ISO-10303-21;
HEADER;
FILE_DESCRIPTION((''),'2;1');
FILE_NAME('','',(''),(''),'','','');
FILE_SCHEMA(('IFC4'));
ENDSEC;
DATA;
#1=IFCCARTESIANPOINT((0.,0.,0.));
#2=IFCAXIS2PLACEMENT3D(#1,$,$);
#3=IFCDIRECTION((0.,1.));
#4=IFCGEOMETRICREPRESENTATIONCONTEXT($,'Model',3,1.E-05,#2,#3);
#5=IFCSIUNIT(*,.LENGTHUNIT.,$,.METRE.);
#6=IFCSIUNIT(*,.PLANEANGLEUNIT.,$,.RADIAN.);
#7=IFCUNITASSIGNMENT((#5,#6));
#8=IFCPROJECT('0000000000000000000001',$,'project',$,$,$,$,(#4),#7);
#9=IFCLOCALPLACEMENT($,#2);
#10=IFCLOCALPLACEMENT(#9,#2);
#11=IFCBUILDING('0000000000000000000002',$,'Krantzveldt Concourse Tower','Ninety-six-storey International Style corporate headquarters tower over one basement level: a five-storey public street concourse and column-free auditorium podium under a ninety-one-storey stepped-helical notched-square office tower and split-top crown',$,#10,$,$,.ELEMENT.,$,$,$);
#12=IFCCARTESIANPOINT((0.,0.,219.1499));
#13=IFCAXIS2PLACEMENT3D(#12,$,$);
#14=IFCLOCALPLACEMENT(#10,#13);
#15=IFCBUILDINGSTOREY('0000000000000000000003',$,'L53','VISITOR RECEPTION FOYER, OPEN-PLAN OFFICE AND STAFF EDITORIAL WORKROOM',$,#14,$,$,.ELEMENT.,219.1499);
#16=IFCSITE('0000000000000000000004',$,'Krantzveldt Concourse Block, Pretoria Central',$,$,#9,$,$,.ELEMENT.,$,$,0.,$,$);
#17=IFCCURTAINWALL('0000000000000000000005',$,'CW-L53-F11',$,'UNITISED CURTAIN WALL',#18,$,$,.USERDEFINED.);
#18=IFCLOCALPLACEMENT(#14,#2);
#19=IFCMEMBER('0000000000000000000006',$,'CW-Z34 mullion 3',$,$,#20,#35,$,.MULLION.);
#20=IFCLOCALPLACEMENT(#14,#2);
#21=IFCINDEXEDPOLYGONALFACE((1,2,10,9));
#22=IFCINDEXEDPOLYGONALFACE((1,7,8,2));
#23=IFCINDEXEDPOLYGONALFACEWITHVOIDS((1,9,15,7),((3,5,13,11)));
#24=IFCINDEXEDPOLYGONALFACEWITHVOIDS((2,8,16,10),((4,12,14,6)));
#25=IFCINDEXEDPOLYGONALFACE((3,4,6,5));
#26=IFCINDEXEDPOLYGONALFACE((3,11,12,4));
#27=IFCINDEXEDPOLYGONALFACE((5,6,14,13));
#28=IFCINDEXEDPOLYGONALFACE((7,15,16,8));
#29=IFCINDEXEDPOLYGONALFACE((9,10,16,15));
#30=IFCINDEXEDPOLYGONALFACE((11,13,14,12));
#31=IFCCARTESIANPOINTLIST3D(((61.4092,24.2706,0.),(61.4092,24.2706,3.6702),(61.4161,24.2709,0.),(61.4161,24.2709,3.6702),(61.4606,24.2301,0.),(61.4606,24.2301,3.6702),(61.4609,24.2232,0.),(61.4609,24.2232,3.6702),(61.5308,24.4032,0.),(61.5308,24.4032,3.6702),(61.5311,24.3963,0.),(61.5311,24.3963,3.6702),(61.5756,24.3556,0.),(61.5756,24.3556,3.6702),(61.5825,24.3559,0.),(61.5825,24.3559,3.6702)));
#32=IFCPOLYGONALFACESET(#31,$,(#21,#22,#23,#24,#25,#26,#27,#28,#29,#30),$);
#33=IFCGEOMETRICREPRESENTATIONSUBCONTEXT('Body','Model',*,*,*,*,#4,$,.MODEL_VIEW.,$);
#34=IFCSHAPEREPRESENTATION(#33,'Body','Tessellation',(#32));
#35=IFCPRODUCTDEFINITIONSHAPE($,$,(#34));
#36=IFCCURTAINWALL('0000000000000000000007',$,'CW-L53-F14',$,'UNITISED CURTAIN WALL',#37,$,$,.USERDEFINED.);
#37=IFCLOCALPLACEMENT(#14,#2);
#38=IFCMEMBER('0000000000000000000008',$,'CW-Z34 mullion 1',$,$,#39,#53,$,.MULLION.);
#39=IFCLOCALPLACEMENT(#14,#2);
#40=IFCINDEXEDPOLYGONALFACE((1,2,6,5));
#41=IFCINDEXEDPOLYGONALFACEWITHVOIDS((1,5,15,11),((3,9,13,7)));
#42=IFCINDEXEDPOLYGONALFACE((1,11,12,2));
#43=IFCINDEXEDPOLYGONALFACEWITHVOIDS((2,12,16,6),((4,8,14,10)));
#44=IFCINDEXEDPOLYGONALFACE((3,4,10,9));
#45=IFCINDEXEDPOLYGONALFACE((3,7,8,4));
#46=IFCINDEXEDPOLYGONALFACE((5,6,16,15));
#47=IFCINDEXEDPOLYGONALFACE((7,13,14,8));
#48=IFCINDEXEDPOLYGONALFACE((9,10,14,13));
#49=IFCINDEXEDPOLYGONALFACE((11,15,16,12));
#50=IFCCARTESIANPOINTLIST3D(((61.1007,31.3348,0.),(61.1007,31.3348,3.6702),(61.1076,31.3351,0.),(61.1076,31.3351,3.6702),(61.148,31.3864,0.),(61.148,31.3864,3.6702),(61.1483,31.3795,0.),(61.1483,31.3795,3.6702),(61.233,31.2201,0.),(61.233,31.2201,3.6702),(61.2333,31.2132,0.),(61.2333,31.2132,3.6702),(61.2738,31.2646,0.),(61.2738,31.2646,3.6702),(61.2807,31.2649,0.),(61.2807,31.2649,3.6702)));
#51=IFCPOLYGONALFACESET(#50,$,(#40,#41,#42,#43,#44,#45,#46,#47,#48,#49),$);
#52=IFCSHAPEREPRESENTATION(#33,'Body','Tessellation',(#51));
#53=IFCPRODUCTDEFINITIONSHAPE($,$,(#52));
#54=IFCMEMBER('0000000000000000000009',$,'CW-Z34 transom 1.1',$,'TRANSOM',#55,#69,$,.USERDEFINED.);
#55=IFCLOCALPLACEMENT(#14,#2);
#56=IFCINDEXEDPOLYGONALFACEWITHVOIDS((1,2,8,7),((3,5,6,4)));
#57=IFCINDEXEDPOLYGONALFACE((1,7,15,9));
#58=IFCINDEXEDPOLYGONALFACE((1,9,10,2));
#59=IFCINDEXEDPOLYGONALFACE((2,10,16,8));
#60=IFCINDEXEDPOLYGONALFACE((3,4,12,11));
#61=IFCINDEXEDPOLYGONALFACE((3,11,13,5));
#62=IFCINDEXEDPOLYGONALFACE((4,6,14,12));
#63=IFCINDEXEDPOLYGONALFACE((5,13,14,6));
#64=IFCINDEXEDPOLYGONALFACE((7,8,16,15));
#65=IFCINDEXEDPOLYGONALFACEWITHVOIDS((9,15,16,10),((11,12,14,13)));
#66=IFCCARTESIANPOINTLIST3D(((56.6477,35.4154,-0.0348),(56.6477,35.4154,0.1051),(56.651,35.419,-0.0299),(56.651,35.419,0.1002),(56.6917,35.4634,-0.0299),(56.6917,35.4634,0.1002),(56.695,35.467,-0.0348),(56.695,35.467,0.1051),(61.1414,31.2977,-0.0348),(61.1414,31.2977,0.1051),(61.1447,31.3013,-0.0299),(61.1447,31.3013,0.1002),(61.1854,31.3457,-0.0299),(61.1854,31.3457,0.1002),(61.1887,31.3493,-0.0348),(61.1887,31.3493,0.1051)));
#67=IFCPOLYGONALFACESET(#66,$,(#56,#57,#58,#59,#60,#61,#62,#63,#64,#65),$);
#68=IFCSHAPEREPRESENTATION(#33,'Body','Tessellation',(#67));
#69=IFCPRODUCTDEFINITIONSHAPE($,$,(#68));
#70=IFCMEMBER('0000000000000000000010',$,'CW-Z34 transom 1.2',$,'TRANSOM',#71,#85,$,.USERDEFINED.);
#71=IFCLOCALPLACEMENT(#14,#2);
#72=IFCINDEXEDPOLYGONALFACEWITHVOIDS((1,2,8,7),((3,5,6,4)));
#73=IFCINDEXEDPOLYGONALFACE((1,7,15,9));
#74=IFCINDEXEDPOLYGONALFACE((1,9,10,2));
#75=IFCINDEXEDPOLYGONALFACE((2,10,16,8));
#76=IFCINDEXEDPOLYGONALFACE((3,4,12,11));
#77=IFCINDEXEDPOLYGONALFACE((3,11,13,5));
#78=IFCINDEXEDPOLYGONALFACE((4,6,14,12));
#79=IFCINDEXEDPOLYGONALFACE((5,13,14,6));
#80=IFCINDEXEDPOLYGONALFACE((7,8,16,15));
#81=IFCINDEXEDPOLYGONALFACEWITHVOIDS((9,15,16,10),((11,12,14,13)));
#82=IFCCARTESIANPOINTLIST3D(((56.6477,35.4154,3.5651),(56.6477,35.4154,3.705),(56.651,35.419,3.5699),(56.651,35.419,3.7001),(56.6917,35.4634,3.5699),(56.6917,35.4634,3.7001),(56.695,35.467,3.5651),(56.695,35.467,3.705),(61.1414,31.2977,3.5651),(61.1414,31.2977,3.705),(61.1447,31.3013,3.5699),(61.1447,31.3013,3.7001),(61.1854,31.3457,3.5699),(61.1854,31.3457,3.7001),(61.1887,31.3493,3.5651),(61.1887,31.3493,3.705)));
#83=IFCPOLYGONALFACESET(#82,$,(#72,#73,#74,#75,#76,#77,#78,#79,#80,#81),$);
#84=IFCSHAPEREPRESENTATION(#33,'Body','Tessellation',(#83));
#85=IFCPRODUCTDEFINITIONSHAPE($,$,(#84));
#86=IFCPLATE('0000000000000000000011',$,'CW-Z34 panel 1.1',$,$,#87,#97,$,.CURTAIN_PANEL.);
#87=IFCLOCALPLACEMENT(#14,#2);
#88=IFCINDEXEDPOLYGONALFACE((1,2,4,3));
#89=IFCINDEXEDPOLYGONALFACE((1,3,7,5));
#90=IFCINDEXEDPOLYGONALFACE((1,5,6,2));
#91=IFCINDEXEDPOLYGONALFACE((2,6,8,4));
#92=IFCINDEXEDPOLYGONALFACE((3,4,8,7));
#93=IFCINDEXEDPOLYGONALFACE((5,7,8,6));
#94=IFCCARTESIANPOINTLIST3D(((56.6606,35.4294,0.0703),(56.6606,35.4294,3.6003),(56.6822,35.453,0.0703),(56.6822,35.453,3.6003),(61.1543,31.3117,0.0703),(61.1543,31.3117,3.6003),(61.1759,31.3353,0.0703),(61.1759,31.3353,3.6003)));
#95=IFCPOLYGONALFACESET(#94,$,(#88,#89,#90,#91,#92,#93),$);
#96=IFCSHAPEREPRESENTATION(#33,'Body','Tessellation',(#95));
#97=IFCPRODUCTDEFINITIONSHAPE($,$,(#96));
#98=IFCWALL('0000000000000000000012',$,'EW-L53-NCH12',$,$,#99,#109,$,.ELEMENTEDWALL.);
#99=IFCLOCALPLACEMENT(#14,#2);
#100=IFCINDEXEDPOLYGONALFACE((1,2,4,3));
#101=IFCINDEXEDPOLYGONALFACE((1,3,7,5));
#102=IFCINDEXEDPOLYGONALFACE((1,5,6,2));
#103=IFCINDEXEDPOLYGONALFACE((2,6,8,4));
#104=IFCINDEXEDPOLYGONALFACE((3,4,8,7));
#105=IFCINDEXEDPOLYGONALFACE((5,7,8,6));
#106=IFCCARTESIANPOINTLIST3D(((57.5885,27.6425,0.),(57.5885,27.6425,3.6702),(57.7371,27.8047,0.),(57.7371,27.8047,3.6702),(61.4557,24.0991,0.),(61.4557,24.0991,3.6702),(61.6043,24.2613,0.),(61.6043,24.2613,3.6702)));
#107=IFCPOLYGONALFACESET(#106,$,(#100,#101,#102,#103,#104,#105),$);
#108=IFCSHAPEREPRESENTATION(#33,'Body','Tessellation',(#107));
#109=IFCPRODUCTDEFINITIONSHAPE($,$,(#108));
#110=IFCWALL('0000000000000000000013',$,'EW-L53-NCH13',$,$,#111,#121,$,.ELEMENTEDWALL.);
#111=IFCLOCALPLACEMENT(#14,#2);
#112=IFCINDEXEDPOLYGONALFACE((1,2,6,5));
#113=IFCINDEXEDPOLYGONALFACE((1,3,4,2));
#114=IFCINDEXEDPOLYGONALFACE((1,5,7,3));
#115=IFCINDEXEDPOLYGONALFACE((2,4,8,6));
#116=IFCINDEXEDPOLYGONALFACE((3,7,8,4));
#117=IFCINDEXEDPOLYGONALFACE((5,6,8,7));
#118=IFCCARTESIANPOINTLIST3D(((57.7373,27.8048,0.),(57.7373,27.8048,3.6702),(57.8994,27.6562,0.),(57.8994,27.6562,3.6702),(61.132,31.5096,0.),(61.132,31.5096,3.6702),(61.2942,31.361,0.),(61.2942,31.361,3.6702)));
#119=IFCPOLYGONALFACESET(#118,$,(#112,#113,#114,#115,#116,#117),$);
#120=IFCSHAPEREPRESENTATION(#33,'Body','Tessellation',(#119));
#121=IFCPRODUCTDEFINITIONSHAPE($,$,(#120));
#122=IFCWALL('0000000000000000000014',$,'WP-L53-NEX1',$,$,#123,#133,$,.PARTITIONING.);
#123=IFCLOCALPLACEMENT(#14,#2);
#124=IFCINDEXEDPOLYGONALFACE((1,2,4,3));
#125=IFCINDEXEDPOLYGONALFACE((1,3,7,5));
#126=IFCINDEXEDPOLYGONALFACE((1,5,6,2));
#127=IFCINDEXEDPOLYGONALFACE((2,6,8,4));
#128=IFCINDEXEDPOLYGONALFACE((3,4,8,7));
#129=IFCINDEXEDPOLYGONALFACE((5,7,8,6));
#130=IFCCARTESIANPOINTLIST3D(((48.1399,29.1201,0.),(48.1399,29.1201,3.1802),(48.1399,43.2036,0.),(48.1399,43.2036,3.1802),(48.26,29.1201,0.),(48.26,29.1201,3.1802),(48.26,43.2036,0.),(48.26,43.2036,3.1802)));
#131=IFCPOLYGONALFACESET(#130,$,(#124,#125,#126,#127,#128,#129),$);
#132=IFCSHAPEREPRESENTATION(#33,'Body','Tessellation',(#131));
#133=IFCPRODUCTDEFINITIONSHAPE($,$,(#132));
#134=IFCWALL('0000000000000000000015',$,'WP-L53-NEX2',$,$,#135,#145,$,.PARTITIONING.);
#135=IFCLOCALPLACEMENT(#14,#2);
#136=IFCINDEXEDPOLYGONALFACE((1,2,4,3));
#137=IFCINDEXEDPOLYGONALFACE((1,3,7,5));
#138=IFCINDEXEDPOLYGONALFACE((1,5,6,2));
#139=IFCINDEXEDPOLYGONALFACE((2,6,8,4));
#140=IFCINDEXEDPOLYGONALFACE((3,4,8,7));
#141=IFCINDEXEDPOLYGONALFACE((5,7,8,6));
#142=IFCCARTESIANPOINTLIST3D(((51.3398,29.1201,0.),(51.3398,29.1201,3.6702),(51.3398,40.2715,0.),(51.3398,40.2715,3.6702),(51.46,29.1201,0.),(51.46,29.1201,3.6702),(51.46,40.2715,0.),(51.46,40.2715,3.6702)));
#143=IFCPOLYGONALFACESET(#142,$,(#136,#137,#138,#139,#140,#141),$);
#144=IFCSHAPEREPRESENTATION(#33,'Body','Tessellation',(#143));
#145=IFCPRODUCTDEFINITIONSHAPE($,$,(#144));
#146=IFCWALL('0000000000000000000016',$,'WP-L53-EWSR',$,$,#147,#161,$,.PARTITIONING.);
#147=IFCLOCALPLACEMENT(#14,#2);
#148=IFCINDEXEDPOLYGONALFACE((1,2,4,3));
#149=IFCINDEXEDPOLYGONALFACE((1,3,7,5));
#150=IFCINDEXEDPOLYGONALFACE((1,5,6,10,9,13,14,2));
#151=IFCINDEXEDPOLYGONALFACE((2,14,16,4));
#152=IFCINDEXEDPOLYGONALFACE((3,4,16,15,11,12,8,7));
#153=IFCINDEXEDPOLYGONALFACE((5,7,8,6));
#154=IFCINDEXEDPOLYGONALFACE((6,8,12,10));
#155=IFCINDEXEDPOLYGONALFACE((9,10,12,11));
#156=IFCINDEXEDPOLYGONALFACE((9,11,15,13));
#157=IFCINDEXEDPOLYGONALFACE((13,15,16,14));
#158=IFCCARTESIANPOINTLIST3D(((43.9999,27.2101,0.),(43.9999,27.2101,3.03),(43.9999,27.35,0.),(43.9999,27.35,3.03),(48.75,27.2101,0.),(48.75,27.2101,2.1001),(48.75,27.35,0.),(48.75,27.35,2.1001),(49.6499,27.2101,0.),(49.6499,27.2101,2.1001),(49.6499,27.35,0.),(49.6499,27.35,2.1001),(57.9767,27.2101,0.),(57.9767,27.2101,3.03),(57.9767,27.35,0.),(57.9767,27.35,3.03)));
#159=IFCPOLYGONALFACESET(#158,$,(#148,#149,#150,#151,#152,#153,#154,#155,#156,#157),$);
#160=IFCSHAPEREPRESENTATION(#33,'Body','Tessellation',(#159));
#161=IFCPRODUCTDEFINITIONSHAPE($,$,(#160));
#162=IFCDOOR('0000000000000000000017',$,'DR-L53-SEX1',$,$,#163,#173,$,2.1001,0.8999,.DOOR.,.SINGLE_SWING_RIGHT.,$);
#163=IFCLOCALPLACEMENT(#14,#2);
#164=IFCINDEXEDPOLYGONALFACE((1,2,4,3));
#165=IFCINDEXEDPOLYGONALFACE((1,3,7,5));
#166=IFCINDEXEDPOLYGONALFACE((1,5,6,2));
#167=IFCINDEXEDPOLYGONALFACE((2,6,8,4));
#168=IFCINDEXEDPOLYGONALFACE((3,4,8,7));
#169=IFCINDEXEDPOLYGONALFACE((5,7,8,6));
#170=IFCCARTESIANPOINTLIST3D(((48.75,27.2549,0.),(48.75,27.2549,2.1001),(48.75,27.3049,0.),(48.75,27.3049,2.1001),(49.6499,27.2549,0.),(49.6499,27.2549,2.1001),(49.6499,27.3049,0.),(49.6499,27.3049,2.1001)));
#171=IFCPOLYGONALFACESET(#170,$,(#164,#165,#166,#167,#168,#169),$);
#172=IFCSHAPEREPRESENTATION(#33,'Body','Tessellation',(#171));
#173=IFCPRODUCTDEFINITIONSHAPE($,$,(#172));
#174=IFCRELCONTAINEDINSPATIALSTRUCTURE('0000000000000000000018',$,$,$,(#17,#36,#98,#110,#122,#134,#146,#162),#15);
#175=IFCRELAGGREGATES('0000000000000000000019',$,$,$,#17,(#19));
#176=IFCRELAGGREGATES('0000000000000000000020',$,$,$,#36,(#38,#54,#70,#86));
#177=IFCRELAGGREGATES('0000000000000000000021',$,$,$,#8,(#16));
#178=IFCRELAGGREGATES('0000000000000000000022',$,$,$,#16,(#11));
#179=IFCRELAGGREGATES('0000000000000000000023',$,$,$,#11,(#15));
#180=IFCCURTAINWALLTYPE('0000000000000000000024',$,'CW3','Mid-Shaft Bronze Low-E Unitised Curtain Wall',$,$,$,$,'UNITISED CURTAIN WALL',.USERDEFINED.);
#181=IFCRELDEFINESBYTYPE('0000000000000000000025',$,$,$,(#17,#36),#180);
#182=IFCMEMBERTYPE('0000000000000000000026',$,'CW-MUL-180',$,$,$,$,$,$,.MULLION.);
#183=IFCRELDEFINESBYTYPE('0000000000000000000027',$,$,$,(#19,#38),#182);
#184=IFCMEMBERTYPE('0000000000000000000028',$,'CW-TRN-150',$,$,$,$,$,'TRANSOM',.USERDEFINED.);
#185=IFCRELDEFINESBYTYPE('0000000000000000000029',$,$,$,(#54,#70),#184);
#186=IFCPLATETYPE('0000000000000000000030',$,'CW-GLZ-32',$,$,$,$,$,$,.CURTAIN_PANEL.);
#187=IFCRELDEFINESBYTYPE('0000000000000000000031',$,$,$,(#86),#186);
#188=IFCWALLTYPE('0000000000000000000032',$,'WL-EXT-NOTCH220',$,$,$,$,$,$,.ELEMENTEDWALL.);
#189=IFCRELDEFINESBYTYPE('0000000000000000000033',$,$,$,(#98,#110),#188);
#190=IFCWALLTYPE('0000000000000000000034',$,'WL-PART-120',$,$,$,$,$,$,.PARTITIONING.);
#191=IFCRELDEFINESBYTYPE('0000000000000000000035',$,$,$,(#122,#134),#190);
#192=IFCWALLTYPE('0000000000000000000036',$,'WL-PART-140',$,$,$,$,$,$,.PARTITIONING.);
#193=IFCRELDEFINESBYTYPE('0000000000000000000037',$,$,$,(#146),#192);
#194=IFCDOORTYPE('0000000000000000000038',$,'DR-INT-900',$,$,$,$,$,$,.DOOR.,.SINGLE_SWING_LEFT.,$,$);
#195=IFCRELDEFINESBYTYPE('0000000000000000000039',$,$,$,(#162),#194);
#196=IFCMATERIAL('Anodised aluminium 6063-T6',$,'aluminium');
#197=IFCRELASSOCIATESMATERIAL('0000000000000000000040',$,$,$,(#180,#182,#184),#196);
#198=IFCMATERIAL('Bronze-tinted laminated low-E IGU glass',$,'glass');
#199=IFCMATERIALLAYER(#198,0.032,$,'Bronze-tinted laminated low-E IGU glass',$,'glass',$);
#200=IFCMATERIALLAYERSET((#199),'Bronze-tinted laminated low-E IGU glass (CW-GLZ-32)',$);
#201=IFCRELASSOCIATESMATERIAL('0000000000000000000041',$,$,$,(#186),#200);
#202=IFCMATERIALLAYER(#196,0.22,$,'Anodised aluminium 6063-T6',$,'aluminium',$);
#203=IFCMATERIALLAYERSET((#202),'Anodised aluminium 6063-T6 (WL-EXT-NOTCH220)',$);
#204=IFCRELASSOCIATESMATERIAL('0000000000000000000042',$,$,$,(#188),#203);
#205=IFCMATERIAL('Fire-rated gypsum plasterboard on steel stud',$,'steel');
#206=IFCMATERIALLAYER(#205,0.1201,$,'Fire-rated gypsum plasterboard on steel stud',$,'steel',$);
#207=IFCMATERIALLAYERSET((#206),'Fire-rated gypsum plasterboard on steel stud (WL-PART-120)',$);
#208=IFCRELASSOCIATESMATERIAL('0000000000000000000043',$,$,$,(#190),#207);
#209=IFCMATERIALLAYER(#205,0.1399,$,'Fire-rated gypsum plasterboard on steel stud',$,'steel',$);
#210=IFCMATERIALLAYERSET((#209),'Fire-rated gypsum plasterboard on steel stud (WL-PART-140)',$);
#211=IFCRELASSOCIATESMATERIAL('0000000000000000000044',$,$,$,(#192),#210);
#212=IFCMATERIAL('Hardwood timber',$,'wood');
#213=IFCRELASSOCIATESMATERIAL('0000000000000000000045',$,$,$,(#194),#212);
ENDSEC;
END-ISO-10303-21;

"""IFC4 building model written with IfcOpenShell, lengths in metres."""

from ifc_helpers import new_model, si_unit, direction, frame, frame_2d, origin, origin_2d, place, context, subcontext, project, spatial, rectangle, hollow_rectangle, extrude, source, transform, mapped, material, layer, layer_set, material_profile, profile_set, type_object, type_shapes, element, fill, aggregate, save


model = new_model("IFC4")

# Units and contexts
model_context = context("Model", 3, precision=1e-05, world=origin(), true_north=direction((0.0, 1.0)))
body_context = subcontext(model_context, "Body", "Model", "MODEL_VIEW")
ifc_project = project(units=[si_unit("LENGTHUNIT", "METRE"), si_unit("PLANEANGLEUNIT", "RADIAN")], contexts=[model_context])

# Site, building, storey
site_placement = place(None, origin())
site = spatial("IfcSite", under=ifc_project, at=site_placement, Name="Krantzveldt Concourse Block, Pretoria Central", CompositionType="ELEMENT", RefElevation=0.0)
building_placement = place(site_placement, origin())
building = spatial("IfcBuilding", under=site, at=building_placement, Name="Krantzveldt Concourse Tower", Description="Ninety-six-storey International Style corporate headquarters tower over one basement level: a five-storey public street concourse and column-free auditorium podium under a ninety-one-storey stepped-helical notched-square office tower and split-top crown", CompositionType="ELEMENT")
storey_placement = place(building_placement, frame((0.0, 0.0, 219.1499)))
storey = spatial("IfcBuildingStorey", under=building, at=storey_placement, Name="L53", Description="VISITOR RECEPTION FOYER, OPEN-PLAN OFFICE AND STAFF EDITORIAL WORKROOM", CompositionType="ELEMENT", Elevation=219.1499)

# Curtain wall, member
ifc_material_1 = material(Name="Anodised aluminium 6063-T6", Category="aluminium")
curtain_wall_type = type_object("IfcCurtainWallType", Name="CW3", Description="Mid-Shaft Bronze Low-E Unitised Curtain Wall", ElementType="UNITISED CURTAIN WALL", PredefinedType="USERDEFINED", material=ifc_material_1)
curtain_wall_1_placement = place(storey_placement, origin())
curtain_wall_1 = element("IfcCurtainWall", 1, at=curtain_wall_1_placement, inside=storey, type_object=curtain_wall_type, Name="CW-L53-F11", ObjectType="UNITISED CURTAIN WALL", PredefinedType="USERDEFINED")
ifc_material_profile_1 = material_profile(ifc_material_1, hollow_rectangle(XDim=0.0701, YDim=0.1799, WallThickness=0.0049, at=origin_2d()), Name="Anodised aluminium 6063-T6", Category="aluminium")
ifc_profile_set_1 = profile_set([ifc_material_profile_1], Name="Anodised aluminium 6063-T6 - ALU-MULL 180x70x5")
member_type_1 = type_object("IfcMemberType", Name="CW-MUL-180", PredefinedType="MULLION", material=ifc_profile_set_1)
shared_shape_1 = source(origin(), body_context, "Body", "SweptSolid", [
    extrude(hollow_rectangle(XDim=0.0701, YDim=0.1799, WallThickness=0.0049, at=origin_2d()), origin(), (0.0, 0.0, 1.0), 3.6702),
])
type_shapes(member_type_1, [shared_shape_1])
member_1_placement = place(storey_placement, frame((61.4958, 24.3132, 0.0), z_axis=(0.0, 0.0, 1.0), x_axis=(-0.737278, 0.67559, 0.0)))
member_1 = element("IfcMember", 2, at=member_1_placement, type_object=member_type_1, Name="CW-Z34 mullion 3", PredefinedType="MULLION", context=body_context, shape_type="MappedRepresentation", body=[
    mapped(shared_shape_1, transform((0.0, 0.0, 0.0), x_axis=(1.0, 0.0, 0.0), y_axis=(0.0, 1.0, 0.0), z_axis=(0.0, 0.0, 1.0), scale=1.0)),
])
aggregate(curtain_wall_1, [member_1])

# Curtain wall, members, plate
curtain_wall_2_placement = place(storey_placement, origin())
curtain_wall_2 = element("IfcCurtainWall", 3, at=curtain_wall_2_placement, inside=storey, type_object=curtain_wall_type, Name="CW-L53-F14", ObjectType="UNITISED CURTAIN WALL", PredefinedType="USERDEFINED")
member_2_placement = place(storey_placement, frame((61.1907, 31.2998, 0.0), z_axis=(0.0, 0.0, 1.0), x_axis=(-0.67559, -0.737277, 0.0)))
member_2 = element("IfcMember", 4, at=member_2_placement, type_object=member_type_1, Name="CW-Z34 mullion 1", PredefinedType="MULLION", context=body_context, shape_type="MappedRepresentation", body=[
    mapped(shared_shape_1, transform((0.0, 0.0, 0.0), x_axis=(1.0, 0.0, 0.0), y_axis=(0.0, 1.0, 0.0), z_axis=(0.0, 0.0, 1.0), scale=1.0)),
])
ifc_material_profile_2 = material_profile(ifc_material_1, hollow_rectangle(XDim=0.0701, YDim=0.1399, WallThickness=0.0049, at=origin_2d()), Name="Anodised aluminium 6063-T6", Category="aluminium")
ifc_profile_set_2 = profile_set([ifc_material_profile_2], Name="Anodised aluminium 6063-T6 - ALU-TRAN 140x70x5")
member_type_2 = type_object("IfcMemberType", Name="CW-TRN-150", ElementType="TRANSOM", PredefinedType="USERDEFINED", material=ifc_profile_set_2)
shared_shape_2 = source(origin(), body_context, "Body", "SweptSolid", [
    extrude(hollow_rectangle(XDim=0.0701, YDim=0.1399, WallThickness=0.0049, at=origin_2d()), origin(), (0.0, 0.0, 1.0), 6.095),
])
type_shapes(member_type_2, [shared_shape_2])
member_3_placement = place(storey_placement, frame((61.165, 31.3235, 0.0352), z_axis=(-0.737277, 0.67559, 0.0), x_axis=(-0.67559, -0.737277, 0.0)))
member_3 = element("IfcMember", 5, at=member_3_placement, type_object=member_type_2, Name="CW-Z34 transom 1.1", ObjectType="TRANSOM", PredefinedType="USERDEFINED", context=body_context, shape_type="MappedRepresentation", body=[
    mapped(shared_shape_2, transform((0.0, 0.0, 0.0), x_axis=(1.0, 0.0, 0.0), y_axis=(0.0, 1.0, 0.0), z_axis=(0.0, 0.0, 1.0), scale=1.0)),
])
member_4_placement = place(storey_placement, frame((61.165, 31.3235, 3.635), z_axis=(-0.737277, 0.67559, 0.0), x_axis=(-0.67559, -0.737277, 0.0)))
member_4 = element("IfcMember", 6, at=member_4_placement, type_object=member_type_2, Name="CW-Z34 transom 1.2", ObjectType="TRANSOM", PredefinedType="USERDEFINED", context=body_context, shape_type="MappedRepresentation", body=[
    mapped(shared_shape_2, transform((0.0, 0.0, 0.0), x_axis=(1.0, 0.0, 0.0), y_axis=(0.0, 1.0, 0.0), z_axis=(0.0, 0.0, 1.0), scale=1.0)),
])
ifc_material_2 = material(Name="Bronze-tinted laminated low-E IGU glass", Category="glass")
ifc_layer_1 = layer(ifc_material_2, 0.032, Name="Bronze-tinted laminated low-E IGU glass", Category="glass")
ifc_layer_set_1 = layer_set([ifc_layer_1], Name="Bronze-tinted laminated low-E IGU glass (CW-GLZ-32)")
plate_type = type_object("IfcPlateType", Name="CW-GLZ-32", PredefinedType="CURTAIN_PANEL", material=ifc_layer_set_1)
shared_shape_3 = source(origin(), body_context, "Body", "SweptSolid", [
    extrude(rectangle(XDim=6.095, YDim=0.032, at=origin_2d()), origin(), (0.0, 0.0, 1.0), 3.53),
])
type_shapes(plate_type, [shared_shape_3])
plate_placement = place(storey_placement, frame((58.9182, 33.3823, 0.0703), z_axis=(0.0, 0.0, 1.0), x_axis=(-0.737277, 0.67559, 0.0)))
plate = element("IfcPlate", 7, at=plate_placement, type_object=plate_type, Name="CW-Z34 panel 1.1", PredefinedType="CURTAIN_PANEL", context=body_context, shape_type="MappedRepresentation", body=[
    mapped(shared_shape_3, transform((0.0, 0.0, 0.0), x_axis=(1.0, 0.0, 0.0), y_axis=(0.0, 1.0, 0.0), z_axis=(0.0, 0.0, 1.0), scale=1.0)),
])
aggregate(curtain_wall_2, [member_2, member_3, member_4, plate])

# Walls
ifc_layer_2 = layer(ifc_material_1, 0.22, Name="Anodised aluminium 6063-T6", Category="aluminium")
ifc_layer_set_2 = layer_set([ifc_layer_2], Name="Anodised aluminium 6063-T6 (WL-EXT-NOTCH220)")
wall_type_1 = type_object("IfcWallType", Name="WL-EXT-NOTCH220", PredefinedType="ELEMENTEDWALL", material=ifc_layer_set_2)
wall_1_placement = place(storey_placement, frame((61.53, 24.1802, 0.0), z_axis=(0.0, 0.0, 1.0), x_axis=(-0.737293, 0.675573, 0.0)))
element("IfcWall", 8, at=wall_1_placement, inside=storey, type_object=wall_type_1, Name="EW-L53-NCH12", PredefinedType="ELEMENTEDWALL", context=body_context, shape_type="SweptSolid", body=[
    extrude(rectangle(XDim=5.2451, YDim=0.22, at=frame_2d((2.6226, 0.0))), origin(), (0.0, 0.0, 1.0), 3.6702),
])
wall_2_placement = place(storey_placement, frame((57.8184, 27.7305, 0.0), z_axis=(0.0, 0.0, 1.0), x_axis=(0.675582, 0.737285, 0.0)))
element("IfcWall", 9, at=wall_2_placement, inside=storey, type_object=wall_type_1, Name="EW-L53-NCH13", PredefinedType="ELEMENTEDWALL", context=body_context, shape_type="SweptSolid", body=[
    extrude(rectangle(XDim=5.0249, YDim=0.22, at=frame_2d((2.5125, 0.0))), origin(), (0.0, 0.0, 1.0), 3.6702),
])
ifc_material_3 = material(Name="Fire-rated gypsum plasterboard on steel stud", Category="steel")
ifc_layer_3 = layer(ifc_material_3, 0.1201, Name="Fire-rated gypsum plasterboard on steel stud", Category="steel")
ifc_layer_set_3 = layer_set([ifc_layer_3], Name="Fire-rated gypsum plasterboard on steel stud (WL-PART-120)")
wall_type_2 = type_object("IfcWallType", Name="WL-PART-120", PredefinedType="PARTITIONING", material=ifc_layer_set_3)
wall_3_placement = place(storey_placement, frame((48.2, 29.1201, 0.0), z_axis=(0.0, 0.0, 1.0), x_axis=(0.0, 1.0, 0.0)))
element("IfcWall", 10, at=wall_3_placement, inside=storey, type_object=wall_type_2, Name="WP-L53-NEX1", PredefinedType="PARTITIONING", context=body_context, shape_type="SweptSolid", body=[
    extrude(rectangle(XDim=14.0835, YDim=0.1201, at=frame_2d((7.0417, 0.0))), origin(), (0.0, 0.0, 1.0), 3.1802),
])
wall_4_placement = place(storey_placement, frame((51.3999, 29.1201, 0.0), z_axis=(0.0, 0.0, 1.0), x_axis=(0.0, 1.0, 0.0)))
element("IfcWall", 11, at=wall_4_placement, inside=storey, type_object=wall_type_2, Name="WP-L53-NEX2", PredefinedType="PARTITIONING", context=body_context, shape_type="SweptSolid", body=[
    extrude(rectangle(XDim=11.1514, YDim=0.1201, at=frame_2d((5.5757, 0.0))), origin(), (0.0, 0.0, 1.0), 3.6702),
])

# Wall, opening, door
ifc_layer_4 = layer(ifc_material_3, 0.1399, Name="Fire-rated gypsum plasterboard on steel stud", Category="steel")
ifc_layer_set_4 = layer_set([ifc_layer_4], Name="Fire-rated gypsum plasterboard on steel stud (WL-PART-140)")
wall_type_3 = type_object("IfcWallType", Name="WL-PART-140", PredefinedType="PARTITIONING", material=ifc_layer_set_4)
wall_5_placement = place(storey_placement, frame((44.0, 27.28, 0.0), z_axis=(0.0, 0.0, 1.0), x_axis=(1.0, 0.0, 0.0)))
wall_5 = element("IfcWall", 12, at=wall_5_placement, inside=storey, type_object=wall_type_3, Name="WP-L53-EWSR", PredefinedType="PARTITIONING", context=body_context, shape_type="SweptSolid", body=[
    extrude(rectangle(XDim=13.9768, YDim=0.1399, at=frame_2d((6.9883, 0.0))), origin(), (0.0, 0.0, 1.0), 3.03),
])
opening_placement = place(wall_5_placement, frame((4.75, 0.0, 0.0)))
opening = element("IfcOpeningElement", 13, at=opening_placement, cuts=wall_5, PredefinedType="OPENING", context=body_context, shape_type="SweptSolid", body=[
    extrude(rectangle(XDim=0.8999, YDim=2.1001, at=frame_2d((0.45, 1.05))), frame((0.0, 0.0801, 0.0), z_axis=(0.0, -1.0, 0.0), x_axis=(1.0, 0.0, 0.0)), (0.0, 0.0, 1.0), 0.1599),
])
ifc_material_4 = material(Name="Hardwood timber", Category="wood")
door_type = type_object("IfcDoorType", Name="DR-INT-900", OperationType="SINGLE_SWING_LEFT", PredefinedType="DOOR", material=ifc_material_4)
door_placement = place(opening_placement, origin())
door = element("IfcDoor", 14, at=door_placement, inside=storey, type_object=door_type, Name="DR-L53-SEX1", OperationType="SINGLE_SWING_RIGHT", OverallHeight=2.1001, OverallWidth=0.8999, PredefinedType="DOOR", context=body_context, shape_type="SweptSolid", body=[
    extrude(rectangle(XDim=0.8999, YDim=2.1001, at=frame_2d((0.45, 1.05))), frame((0.0, 0.0249, 0.0), z_axis=(0.0, -1.0, 0.0), x_axis=(1.0, 0.0, 0.0)), (0.0, 0.0, 1.0), 0.05),
])
fill(opening, door)

save(model, "model.ifc")
